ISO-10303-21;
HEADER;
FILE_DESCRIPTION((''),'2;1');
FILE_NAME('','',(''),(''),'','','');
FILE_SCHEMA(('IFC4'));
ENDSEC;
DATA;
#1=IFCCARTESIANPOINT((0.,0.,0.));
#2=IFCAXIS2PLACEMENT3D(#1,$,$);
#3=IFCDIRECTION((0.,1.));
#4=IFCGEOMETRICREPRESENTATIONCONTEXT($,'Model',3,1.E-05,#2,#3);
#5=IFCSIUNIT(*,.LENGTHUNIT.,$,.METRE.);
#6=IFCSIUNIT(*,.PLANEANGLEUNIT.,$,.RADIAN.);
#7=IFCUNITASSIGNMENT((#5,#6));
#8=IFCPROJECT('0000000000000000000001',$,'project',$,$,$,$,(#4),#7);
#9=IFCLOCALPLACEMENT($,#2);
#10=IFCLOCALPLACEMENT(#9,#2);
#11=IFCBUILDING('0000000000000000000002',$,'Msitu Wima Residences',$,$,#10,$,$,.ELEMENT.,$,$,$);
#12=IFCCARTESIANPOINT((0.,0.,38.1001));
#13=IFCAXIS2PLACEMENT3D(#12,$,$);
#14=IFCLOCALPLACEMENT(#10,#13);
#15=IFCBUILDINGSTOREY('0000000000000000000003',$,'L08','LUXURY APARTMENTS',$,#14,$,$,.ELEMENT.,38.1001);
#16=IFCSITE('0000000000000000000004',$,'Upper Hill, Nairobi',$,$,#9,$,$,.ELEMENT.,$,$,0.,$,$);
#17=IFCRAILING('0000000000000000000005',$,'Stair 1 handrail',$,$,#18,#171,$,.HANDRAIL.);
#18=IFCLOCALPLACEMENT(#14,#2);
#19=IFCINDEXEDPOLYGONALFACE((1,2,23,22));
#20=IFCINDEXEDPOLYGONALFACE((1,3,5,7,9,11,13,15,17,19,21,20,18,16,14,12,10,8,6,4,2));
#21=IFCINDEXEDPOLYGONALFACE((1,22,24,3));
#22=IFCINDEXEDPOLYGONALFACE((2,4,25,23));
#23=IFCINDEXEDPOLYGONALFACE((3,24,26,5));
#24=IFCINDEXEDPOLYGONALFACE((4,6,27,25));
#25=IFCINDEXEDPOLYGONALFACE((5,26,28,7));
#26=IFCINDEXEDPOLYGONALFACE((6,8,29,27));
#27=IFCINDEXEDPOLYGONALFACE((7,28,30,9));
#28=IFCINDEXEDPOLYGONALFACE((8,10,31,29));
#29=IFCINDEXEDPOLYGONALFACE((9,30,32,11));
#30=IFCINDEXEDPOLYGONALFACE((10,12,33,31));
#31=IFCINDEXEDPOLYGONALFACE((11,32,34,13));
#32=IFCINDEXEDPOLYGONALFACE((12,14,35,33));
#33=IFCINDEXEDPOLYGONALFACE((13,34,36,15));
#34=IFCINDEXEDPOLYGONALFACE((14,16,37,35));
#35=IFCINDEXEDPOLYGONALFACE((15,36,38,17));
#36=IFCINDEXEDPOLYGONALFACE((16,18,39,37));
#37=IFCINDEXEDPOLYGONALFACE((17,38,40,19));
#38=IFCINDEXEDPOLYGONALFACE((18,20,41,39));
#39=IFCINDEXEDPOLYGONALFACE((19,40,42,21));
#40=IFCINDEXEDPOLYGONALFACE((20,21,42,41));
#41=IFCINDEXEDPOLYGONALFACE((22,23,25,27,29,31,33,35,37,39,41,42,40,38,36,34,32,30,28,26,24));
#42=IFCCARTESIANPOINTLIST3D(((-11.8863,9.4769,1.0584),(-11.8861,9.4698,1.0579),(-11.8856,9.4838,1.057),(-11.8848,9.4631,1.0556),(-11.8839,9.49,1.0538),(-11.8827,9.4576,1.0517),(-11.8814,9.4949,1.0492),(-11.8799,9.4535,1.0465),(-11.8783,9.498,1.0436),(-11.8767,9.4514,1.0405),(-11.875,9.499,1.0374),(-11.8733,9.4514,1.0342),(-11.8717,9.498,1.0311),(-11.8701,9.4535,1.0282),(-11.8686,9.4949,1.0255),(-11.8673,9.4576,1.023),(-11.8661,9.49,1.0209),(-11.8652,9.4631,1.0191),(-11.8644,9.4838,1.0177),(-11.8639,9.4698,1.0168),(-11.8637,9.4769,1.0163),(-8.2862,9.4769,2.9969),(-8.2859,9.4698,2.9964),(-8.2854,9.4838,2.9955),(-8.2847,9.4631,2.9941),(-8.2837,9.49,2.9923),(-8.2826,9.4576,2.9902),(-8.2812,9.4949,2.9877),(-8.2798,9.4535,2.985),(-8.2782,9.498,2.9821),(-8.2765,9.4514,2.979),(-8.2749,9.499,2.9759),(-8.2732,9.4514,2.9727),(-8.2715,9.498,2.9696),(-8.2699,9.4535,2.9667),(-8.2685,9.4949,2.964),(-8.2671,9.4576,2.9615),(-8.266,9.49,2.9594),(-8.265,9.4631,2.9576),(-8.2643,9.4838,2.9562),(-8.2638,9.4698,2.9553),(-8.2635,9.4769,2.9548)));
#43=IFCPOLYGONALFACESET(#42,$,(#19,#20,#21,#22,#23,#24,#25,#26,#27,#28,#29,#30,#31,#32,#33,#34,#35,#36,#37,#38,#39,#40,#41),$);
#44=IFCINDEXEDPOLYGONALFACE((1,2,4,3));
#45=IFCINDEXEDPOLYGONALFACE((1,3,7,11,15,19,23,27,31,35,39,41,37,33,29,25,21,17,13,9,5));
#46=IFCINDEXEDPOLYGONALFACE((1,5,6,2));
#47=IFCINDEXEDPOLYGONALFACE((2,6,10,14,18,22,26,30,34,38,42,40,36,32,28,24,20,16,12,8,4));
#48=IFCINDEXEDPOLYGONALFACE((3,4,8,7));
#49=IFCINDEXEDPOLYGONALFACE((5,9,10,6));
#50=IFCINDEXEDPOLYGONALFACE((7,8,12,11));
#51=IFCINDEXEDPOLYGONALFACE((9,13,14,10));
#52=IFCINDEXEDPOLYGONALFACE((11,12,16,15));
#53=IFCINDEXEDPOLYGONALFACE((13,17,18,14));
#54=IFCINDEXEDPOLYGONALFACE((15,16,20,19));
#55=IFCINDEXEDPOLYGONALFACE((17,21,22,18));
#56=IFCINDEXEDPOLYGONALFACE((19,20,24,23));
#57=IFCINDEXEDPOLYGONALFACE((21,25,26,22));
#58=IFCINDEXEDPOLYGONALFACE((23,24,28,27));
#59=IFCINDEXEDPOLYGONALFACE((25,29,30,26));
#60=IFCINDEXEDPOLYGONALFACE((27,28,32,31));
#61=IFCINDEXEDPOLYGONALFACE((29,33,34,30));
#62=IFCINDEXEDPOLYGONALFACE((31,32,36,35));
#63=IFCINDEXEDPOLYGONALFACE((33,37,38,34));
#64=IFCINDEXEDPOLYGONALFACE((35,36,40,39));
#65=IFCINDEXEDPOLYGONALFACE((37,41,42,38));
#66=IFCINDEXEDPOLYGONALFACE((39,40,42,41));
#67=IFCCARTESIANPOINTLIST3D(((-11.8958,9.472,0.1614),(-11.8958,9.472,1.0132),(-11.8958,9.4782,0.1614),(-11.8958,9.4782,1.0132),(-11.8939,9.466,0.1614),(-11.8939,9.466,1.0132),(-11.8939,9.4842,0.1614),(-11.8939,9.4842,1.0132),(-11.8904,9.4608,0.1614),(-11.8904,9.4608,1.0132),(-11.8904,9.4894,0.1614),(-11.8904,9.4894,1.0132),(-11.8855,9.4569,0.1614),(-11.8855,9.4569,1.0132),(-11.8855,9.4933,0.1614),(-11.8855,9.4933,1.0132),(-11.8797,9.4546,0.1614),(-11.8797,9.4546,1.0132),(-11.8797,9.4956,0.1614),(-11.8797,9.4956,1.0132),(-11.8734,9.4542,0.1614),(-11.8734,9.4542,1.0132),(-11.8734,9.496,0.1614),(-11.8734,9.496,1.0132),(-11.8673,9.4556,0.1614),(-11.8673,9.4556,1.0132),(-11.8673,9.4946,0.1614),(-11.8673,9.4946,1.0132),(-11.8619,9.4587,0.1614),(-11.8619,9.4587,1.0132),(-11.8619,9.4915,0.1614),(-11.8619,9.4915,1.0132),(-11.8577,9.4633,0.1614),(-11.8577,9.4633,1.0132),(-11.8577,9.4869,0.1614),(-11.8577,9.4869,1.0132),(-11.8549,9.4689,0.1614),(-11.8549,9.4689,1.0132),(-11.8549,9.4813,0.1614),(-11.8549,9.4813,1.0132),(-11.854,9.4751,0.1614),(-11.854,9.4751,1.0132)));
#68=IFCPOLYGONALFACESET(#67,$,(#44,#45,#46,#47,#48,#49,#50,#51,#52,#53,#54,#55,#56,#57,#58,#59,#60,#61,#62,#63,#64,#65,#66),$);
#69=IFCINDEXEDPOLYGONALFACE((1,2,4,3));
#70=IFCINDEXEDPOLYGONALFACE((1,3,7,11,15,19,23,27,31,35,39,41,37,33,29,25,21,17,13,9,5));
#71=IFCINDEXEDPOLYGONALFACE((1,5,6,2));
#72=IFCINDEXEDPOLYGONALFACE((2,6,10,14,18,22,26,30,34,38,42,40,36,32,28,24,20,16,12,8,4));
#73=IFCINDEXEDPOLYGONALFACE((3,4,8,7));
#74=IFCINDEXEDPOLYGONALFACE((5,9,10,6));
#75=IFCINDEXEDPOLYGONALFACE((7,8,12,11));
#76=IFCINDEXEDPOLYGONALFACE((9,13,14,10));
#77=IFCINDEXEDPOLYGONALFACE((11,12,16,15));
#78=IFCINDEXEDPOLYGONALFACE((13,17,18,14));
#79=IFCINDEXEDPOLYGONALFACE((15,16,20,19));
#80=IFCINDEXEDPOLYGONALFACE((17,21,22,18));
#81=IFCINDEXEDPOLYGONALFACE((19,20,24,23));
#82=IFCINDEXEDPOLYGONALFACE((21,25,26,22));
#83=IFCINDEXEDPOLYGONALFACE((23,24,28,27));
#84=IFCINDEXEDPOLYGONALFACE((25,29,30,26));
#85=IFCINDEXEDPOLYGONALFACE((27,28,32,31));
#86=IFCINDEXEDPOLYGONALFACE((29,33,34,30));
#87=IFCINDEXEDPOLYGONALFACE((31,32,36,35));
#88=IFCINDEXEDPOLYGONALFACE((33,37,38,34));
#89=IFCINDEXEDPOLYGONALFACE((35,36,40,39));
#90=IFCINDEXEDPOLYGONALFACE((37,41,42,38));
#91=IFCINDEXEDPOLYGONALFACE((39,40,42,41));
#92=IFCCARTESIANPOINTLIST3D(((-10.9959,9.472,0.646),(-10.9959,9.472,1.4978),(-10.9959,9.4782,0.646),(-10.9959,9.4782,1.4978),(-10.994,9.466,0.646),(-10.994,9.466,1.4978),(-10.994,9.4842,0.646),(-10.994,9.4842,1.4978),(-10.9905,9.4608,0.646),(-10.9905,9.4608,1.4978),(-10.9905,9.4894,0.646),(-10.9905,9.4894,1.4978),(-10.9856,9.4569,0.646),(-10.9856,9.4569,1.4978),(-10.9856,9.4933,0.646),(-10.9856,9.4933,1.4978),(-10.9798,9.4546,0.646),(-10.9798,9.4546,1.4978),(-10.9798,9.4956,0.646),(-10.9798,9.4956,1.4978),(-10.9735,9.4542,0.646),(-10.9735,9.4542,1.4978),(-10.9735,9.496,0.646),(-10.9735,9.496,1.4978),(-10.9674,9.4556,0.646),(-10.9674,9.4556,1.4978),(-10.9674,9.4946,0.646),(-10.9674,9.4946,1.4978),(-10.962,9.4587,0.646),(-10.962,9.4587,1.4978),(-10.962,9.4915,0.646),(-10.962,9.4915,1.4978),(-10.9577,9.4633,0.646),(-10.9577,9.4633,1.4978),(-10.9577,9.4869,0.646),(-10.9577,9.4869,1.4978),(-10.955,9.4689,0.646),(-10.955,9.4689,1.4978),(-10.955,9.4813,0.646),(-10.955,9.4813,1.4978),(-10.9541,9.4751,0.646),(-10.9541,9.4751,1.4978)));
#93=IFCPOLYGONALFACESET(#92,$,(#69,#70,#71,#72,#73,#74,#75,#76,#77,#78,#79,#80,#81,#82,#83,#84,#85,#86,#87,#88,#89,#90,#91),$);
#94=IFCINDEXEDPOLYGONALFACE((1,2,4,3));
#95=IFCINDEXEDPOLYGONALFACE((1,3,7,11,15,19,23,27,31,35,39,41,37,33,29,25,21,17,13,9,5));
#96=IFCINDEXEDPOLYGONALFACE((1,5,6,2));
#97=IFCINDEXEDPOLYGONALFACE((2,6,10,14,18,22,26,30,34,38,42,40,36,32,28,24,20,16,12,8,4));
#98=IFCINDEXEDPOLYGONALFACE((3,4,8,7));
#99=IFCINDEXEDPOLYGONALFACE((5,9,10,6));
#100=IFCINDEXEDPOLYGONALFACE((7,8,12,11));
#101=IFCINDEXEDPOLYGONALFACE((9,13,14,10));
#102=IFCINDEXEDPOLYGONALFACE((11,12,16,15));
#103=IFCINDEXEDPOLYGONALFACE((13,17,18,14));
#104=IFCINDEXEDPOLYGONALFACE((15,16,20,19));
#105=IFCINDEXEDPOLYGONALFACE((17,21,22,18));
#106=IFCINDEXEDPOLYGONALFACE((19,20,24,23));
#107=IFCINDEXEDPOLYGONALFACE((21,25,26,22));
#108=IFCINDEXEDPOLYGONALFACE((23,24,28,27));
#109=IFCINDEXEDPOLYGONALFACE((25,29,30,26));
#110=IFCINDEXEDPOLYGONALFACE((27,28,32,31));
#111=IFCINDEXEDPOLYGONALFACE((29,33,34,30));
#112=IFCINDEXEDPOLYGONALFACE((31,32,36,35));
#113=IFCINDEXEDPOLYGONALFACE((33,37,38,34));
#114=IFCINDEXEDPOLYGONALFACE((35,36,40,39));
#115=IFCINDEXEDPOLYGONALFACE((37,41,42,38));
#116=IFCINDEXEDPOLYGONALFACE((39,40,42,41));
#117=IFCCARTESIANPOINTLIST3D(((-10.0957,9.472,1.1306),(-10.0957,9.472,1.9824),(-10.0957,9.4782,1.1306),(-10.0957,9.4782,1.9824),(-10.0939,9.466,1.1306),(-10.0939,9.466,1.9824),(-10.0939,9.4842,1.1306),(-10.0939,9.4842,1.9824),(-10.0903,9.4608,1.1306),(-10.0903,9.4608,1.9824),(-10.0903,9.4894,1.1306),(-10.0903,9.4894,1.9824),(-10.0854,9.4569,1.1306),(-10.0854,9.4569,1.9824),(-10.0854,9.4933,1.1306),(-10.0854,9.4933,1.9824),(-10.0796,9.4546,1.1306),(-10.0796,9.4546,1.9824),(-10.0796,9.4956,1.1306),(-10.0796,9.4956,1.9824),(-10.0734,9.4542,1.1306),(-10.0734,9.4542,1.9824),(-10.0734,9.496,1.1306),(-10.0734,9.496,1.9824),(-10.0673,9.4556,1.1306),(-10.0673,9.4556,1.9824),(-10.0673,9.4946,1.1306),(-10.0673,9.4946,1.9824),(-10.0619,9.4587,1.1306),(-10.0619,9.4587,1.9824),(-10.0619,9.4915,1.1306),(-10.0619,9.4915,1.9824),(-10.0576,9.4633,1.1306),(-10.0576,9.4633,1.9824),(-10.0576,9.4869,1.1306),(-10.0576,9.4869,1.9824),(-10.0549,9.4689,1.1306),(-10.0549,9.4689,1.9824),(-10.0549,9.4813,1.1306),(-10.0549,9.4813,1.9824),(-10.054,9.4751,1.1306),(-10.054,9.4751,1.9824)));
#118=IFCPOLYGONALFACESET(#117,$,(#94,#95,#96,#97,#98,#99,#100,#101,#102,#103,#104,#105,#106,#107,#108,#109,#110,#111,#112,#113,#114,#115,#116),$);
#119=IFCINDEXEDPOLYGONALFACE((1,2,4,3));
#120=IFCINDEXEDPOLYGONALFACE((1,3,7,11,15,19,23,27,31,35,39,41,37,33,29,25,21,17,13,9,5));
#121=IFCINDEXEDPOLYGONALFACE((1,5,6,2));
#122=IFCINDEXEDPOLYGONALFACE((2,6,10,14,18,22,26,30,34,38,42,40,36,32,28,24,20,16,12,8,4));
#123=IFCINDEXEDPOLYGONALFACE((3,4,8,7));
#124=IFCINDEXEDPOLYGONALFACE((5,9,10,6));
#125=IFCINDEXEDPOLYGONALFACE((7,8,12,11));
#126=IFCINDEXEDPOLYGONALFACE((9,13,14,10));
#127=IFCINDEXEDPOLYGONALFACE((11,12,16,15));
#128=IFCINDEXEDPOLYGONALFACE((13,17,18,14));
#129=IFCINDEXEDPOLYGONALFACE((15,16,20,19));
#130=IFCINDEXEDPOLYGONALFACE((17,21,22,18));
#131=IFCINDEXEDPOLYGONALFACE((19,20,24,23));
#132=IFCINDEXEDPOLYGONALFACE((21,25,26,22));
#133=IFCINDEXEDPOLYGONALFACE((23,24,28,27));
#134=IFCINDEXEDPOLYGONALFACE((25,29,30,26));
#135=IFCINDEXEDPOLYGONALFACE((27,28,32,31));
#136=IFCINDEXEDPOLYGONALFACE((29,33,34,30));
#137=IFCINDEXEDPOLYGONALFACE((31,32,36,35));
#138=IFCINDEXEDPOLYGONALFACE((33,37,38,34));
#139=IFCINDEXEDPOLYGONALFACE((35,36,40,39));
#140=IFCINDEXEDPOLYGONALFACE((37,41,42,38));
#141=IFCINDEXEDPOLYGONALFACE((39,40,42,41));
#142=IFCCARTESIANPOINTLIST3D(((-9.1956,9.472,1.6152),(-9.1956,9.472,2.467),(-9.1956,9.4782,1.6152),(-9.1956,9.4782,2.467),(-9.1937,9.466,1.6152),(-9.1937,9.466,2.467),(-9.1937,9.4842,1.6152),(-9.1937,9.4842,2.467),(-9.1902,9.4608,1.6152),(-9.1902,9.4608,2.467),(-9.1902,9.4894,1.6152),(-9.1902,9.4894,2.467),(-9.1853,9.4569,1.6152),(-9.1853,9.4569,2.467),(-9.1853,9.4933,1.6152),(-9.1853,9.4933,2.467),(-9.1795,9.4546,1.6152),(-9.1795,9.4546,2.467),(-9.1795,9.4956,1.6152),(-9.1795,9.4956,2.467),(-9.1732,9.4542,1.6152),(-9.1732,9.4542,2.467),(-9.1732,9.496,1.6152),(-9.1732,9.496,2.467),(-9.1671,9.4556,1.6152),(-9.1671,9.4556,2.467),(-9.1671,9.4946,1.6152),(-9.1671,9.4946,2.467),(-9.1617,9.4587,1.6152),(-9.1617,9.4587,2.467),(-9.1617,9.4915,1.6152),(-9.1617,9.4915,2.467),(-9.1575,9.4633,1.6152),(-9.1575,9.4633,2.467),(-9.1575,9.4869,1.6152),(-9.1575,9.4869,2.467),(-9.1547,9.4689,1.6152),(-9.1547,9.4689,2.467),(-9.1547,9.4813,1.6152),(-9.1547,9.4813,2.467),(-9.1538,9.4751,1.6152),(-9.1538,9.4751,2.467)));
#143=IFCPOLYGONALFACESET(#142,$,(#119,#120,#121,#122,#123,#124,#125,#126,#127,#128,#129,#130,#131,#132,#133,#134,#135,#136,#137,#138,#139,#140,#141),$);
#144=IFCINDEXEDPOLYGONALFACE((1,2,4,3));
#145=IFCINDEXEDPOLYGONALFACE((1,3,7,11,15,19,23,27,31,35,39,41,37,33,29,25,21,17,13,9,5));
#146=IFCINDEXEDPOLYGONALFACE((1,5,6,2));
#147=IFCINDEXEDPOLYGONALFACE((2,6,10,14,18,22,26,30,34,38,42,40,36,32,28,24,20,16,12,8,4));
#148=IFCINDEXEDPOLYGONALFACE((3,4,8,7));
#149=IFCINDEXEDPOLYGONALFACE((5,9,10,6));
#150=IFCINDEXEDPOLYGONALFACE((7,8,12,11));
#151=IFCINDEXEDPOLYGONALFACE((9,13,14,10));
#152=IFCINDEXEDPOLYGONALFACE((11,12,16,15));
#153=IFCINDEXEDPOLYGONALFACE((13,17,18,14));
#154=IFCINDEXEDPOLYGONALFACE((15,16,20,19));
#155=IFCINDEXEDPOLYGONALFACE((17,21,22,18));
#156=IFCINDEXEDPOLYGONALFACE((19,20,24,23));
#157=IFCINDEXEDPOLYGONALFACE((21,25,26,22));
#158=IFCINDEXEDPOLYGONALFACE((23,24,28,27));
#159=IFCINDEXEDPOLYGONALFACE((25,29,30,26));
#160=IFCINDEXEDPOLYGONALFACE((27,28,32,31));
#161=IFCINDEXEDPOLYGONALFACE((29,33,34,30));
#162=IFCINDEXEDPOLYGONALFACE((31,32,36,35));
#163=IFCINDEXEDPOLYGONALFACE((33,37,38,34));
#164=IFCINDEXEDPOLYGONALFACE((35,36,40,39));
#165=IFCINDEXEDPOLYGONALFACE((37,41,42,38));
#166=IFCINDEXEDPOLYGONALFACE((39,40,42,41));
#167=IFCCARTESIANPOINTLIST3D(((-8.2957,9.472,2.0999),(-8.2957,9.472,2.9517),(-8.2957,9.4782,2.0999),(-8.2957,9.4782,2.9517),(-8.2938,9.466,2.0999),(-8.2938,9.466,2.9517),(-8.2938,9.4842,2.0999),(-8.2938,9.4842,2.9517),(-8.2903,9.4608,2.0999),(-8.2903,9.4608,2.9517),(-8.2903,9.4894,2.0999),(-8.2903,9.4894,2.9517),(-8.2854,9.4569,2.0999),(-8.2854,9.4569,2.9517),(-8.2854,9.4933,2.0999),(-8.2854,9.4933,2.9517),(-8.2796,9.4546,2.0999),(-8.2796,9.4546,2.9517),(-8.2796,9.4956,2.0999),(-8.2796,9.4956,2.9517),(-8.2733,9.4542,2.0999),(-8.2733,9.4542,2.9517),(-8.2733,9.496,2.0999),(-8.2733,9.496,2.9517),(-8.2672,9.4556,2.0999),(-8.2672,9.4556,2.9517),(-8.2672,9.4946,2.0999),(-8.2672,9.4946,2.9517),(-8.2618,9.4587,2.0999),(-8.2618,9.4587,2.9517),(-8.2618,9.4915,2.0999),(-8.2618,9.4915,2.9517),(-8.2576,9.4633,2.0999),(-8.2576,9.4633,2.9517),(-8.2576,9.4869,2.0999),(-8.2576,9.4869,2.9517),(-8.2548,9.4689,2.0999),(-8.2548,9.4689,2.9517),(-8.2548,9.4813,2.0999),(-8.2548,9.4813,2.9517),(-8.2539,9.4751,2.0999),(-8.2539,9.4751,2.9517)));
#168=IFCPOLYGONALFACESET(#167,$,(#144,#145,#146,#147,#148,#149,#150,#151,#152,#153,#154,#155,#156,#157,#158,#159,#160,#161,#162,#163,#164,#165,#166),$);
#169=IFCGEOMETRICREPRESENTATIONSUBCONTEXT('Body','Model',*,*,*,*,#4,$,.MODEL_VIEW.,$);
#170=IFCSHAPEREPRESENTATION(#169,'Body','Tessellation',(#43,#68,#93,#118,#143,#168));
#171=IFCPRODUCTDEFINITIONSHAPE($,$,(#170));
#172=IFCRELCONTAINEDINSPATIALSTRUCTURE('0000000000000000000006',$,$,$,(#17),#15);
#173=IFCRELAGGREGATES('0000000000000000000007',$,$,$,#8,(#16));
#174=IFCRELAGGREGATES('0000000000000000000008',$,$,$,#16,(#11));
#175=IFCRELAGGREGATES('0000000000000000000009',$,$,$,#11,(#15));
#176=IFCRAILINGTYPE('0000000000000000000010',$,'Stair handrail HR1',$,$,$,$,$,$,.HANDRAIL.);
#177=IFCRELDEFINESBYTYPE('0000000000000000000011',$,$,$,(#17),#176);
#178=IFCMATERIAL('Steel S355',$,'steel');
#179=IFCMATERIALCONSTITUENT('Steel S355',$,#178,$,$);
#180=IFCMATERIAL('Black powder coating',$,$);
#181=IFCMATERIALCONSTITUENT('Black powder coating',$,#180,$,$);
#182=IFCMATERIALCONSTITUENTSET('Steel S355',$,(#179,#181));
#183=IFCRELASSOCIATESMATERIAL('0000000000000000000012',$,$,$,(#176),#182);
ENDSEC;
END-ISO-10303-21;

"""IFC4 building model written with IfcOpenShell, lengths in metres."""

from ifc_helpers import new_model, si_unit, direction, frame, origin, origin_2d, place, context, subcontext, project, spatial, circle, extrude, material, constituent, constituent_set, type_object, element, save


model = new_model("IFC4")

# Units and contexts
model_context = context("Model", 3, precision=1e-05, world=origin(), true_north=direction((0.0, 1.0)))
body_context = subcontext(model_context, "Body", "Model", "MODEL_VIEW")
ifc_project = project(units=[si_unit("LENGTHUNIT", "METRE"), si_unit("PLANEANGLEUNIT", "RADIAN")], contexts=[model_context])

# Site, building, storey
site_placement = place(None, origin())
site = spatial("IfcSite", under=ifc_project, at=site_placement, Name="Upper Hill, Nairobi", CompositionType="ELEMENT", RefElevation=0.0)
building_placement = place(site_placement, origin())
building = spatial("IfcBuilding", under=site, at=building_placement, Name="Msitu Wima Residences", CompositionType="ELEMENT")
storey_placement = place(building_placement, frame((0.0, 0.0, 38.1001)))
storey = spatial("IfcBuildingStorey", under=building, at=storey_placement, Name="L08", Description="LUXURY APARTMENTS", CompositionType="ELEMENT", Elevation=38.1001)

# Railing
ifc_material_1 = material(Name="Steel S355", Category="steel")
ifc_constituent_1 = constituent(ifc_material_1, Name="Steel S355")
ifc_material_2 = material(Name="Black powder coating")
ifc_constituent_2 = constituent(ifc_material_2, Name="Black powder coating")
ifc_constituent_set = constituent_set(constituents=[ifc_constituent_1, ifc_constituent_2], Name="Steel S355")
railing_type = type_object("IfcRailingType", Name="Stair handrail HR1", PredefinedType="HANDRAIL", material=ifc_constituent_set)
for number, where, name in (
    (1, (-11.875, 9.4751, 0.1614), "Stair 1 handrail"),
):
    element("IfcRailing", number, at=place(storey_placement, frame(where)), inside=storey, type_object=railing_type, Name=name, PredefinedType="HANDRAIL", context=body_context, shape_type="SweptSolid", body=[
        extrude(circle(Radius=0.0239, at=origin_2d()), frame((0.0, 0.0, 0.876), z_axis=(0.880475, 0.0, 0.474093), x_axis=(0.0, 1.0, 0.0)), (0.0, 0.0, 1.0), 4.0889),
        extrude(circle(Radius=0.021, at=origin_2d()), origin(), (0.0, 0.0, 1.0), 0.8518),
        extrude(circle(Radius=0.021, at=origin_2d()), frame((0.8999, 0.0, 0.4846)), (0.0, 0.0, 1.0), 0.8518),
        extrude(circle(Radius=0.021, at=origin_2d()), frame((1.8, 0.0, 0.9692)), (0.0, 0.0, 1.0), 0.8518),
        extrude(circle(Radius=0.021, at=origin_2d()), frame((2.7002, 0.0, 1.4539)), (0.0, 0.0, 1.0), 0.8518),
        extrude(circle(Radius=0.021, at=origin_2d()), frame((3.6001, 0.0, 1.9385)), (0.0, 0.0, 1.0), 0.8518),
    ])

save(model, "model.ifc")
